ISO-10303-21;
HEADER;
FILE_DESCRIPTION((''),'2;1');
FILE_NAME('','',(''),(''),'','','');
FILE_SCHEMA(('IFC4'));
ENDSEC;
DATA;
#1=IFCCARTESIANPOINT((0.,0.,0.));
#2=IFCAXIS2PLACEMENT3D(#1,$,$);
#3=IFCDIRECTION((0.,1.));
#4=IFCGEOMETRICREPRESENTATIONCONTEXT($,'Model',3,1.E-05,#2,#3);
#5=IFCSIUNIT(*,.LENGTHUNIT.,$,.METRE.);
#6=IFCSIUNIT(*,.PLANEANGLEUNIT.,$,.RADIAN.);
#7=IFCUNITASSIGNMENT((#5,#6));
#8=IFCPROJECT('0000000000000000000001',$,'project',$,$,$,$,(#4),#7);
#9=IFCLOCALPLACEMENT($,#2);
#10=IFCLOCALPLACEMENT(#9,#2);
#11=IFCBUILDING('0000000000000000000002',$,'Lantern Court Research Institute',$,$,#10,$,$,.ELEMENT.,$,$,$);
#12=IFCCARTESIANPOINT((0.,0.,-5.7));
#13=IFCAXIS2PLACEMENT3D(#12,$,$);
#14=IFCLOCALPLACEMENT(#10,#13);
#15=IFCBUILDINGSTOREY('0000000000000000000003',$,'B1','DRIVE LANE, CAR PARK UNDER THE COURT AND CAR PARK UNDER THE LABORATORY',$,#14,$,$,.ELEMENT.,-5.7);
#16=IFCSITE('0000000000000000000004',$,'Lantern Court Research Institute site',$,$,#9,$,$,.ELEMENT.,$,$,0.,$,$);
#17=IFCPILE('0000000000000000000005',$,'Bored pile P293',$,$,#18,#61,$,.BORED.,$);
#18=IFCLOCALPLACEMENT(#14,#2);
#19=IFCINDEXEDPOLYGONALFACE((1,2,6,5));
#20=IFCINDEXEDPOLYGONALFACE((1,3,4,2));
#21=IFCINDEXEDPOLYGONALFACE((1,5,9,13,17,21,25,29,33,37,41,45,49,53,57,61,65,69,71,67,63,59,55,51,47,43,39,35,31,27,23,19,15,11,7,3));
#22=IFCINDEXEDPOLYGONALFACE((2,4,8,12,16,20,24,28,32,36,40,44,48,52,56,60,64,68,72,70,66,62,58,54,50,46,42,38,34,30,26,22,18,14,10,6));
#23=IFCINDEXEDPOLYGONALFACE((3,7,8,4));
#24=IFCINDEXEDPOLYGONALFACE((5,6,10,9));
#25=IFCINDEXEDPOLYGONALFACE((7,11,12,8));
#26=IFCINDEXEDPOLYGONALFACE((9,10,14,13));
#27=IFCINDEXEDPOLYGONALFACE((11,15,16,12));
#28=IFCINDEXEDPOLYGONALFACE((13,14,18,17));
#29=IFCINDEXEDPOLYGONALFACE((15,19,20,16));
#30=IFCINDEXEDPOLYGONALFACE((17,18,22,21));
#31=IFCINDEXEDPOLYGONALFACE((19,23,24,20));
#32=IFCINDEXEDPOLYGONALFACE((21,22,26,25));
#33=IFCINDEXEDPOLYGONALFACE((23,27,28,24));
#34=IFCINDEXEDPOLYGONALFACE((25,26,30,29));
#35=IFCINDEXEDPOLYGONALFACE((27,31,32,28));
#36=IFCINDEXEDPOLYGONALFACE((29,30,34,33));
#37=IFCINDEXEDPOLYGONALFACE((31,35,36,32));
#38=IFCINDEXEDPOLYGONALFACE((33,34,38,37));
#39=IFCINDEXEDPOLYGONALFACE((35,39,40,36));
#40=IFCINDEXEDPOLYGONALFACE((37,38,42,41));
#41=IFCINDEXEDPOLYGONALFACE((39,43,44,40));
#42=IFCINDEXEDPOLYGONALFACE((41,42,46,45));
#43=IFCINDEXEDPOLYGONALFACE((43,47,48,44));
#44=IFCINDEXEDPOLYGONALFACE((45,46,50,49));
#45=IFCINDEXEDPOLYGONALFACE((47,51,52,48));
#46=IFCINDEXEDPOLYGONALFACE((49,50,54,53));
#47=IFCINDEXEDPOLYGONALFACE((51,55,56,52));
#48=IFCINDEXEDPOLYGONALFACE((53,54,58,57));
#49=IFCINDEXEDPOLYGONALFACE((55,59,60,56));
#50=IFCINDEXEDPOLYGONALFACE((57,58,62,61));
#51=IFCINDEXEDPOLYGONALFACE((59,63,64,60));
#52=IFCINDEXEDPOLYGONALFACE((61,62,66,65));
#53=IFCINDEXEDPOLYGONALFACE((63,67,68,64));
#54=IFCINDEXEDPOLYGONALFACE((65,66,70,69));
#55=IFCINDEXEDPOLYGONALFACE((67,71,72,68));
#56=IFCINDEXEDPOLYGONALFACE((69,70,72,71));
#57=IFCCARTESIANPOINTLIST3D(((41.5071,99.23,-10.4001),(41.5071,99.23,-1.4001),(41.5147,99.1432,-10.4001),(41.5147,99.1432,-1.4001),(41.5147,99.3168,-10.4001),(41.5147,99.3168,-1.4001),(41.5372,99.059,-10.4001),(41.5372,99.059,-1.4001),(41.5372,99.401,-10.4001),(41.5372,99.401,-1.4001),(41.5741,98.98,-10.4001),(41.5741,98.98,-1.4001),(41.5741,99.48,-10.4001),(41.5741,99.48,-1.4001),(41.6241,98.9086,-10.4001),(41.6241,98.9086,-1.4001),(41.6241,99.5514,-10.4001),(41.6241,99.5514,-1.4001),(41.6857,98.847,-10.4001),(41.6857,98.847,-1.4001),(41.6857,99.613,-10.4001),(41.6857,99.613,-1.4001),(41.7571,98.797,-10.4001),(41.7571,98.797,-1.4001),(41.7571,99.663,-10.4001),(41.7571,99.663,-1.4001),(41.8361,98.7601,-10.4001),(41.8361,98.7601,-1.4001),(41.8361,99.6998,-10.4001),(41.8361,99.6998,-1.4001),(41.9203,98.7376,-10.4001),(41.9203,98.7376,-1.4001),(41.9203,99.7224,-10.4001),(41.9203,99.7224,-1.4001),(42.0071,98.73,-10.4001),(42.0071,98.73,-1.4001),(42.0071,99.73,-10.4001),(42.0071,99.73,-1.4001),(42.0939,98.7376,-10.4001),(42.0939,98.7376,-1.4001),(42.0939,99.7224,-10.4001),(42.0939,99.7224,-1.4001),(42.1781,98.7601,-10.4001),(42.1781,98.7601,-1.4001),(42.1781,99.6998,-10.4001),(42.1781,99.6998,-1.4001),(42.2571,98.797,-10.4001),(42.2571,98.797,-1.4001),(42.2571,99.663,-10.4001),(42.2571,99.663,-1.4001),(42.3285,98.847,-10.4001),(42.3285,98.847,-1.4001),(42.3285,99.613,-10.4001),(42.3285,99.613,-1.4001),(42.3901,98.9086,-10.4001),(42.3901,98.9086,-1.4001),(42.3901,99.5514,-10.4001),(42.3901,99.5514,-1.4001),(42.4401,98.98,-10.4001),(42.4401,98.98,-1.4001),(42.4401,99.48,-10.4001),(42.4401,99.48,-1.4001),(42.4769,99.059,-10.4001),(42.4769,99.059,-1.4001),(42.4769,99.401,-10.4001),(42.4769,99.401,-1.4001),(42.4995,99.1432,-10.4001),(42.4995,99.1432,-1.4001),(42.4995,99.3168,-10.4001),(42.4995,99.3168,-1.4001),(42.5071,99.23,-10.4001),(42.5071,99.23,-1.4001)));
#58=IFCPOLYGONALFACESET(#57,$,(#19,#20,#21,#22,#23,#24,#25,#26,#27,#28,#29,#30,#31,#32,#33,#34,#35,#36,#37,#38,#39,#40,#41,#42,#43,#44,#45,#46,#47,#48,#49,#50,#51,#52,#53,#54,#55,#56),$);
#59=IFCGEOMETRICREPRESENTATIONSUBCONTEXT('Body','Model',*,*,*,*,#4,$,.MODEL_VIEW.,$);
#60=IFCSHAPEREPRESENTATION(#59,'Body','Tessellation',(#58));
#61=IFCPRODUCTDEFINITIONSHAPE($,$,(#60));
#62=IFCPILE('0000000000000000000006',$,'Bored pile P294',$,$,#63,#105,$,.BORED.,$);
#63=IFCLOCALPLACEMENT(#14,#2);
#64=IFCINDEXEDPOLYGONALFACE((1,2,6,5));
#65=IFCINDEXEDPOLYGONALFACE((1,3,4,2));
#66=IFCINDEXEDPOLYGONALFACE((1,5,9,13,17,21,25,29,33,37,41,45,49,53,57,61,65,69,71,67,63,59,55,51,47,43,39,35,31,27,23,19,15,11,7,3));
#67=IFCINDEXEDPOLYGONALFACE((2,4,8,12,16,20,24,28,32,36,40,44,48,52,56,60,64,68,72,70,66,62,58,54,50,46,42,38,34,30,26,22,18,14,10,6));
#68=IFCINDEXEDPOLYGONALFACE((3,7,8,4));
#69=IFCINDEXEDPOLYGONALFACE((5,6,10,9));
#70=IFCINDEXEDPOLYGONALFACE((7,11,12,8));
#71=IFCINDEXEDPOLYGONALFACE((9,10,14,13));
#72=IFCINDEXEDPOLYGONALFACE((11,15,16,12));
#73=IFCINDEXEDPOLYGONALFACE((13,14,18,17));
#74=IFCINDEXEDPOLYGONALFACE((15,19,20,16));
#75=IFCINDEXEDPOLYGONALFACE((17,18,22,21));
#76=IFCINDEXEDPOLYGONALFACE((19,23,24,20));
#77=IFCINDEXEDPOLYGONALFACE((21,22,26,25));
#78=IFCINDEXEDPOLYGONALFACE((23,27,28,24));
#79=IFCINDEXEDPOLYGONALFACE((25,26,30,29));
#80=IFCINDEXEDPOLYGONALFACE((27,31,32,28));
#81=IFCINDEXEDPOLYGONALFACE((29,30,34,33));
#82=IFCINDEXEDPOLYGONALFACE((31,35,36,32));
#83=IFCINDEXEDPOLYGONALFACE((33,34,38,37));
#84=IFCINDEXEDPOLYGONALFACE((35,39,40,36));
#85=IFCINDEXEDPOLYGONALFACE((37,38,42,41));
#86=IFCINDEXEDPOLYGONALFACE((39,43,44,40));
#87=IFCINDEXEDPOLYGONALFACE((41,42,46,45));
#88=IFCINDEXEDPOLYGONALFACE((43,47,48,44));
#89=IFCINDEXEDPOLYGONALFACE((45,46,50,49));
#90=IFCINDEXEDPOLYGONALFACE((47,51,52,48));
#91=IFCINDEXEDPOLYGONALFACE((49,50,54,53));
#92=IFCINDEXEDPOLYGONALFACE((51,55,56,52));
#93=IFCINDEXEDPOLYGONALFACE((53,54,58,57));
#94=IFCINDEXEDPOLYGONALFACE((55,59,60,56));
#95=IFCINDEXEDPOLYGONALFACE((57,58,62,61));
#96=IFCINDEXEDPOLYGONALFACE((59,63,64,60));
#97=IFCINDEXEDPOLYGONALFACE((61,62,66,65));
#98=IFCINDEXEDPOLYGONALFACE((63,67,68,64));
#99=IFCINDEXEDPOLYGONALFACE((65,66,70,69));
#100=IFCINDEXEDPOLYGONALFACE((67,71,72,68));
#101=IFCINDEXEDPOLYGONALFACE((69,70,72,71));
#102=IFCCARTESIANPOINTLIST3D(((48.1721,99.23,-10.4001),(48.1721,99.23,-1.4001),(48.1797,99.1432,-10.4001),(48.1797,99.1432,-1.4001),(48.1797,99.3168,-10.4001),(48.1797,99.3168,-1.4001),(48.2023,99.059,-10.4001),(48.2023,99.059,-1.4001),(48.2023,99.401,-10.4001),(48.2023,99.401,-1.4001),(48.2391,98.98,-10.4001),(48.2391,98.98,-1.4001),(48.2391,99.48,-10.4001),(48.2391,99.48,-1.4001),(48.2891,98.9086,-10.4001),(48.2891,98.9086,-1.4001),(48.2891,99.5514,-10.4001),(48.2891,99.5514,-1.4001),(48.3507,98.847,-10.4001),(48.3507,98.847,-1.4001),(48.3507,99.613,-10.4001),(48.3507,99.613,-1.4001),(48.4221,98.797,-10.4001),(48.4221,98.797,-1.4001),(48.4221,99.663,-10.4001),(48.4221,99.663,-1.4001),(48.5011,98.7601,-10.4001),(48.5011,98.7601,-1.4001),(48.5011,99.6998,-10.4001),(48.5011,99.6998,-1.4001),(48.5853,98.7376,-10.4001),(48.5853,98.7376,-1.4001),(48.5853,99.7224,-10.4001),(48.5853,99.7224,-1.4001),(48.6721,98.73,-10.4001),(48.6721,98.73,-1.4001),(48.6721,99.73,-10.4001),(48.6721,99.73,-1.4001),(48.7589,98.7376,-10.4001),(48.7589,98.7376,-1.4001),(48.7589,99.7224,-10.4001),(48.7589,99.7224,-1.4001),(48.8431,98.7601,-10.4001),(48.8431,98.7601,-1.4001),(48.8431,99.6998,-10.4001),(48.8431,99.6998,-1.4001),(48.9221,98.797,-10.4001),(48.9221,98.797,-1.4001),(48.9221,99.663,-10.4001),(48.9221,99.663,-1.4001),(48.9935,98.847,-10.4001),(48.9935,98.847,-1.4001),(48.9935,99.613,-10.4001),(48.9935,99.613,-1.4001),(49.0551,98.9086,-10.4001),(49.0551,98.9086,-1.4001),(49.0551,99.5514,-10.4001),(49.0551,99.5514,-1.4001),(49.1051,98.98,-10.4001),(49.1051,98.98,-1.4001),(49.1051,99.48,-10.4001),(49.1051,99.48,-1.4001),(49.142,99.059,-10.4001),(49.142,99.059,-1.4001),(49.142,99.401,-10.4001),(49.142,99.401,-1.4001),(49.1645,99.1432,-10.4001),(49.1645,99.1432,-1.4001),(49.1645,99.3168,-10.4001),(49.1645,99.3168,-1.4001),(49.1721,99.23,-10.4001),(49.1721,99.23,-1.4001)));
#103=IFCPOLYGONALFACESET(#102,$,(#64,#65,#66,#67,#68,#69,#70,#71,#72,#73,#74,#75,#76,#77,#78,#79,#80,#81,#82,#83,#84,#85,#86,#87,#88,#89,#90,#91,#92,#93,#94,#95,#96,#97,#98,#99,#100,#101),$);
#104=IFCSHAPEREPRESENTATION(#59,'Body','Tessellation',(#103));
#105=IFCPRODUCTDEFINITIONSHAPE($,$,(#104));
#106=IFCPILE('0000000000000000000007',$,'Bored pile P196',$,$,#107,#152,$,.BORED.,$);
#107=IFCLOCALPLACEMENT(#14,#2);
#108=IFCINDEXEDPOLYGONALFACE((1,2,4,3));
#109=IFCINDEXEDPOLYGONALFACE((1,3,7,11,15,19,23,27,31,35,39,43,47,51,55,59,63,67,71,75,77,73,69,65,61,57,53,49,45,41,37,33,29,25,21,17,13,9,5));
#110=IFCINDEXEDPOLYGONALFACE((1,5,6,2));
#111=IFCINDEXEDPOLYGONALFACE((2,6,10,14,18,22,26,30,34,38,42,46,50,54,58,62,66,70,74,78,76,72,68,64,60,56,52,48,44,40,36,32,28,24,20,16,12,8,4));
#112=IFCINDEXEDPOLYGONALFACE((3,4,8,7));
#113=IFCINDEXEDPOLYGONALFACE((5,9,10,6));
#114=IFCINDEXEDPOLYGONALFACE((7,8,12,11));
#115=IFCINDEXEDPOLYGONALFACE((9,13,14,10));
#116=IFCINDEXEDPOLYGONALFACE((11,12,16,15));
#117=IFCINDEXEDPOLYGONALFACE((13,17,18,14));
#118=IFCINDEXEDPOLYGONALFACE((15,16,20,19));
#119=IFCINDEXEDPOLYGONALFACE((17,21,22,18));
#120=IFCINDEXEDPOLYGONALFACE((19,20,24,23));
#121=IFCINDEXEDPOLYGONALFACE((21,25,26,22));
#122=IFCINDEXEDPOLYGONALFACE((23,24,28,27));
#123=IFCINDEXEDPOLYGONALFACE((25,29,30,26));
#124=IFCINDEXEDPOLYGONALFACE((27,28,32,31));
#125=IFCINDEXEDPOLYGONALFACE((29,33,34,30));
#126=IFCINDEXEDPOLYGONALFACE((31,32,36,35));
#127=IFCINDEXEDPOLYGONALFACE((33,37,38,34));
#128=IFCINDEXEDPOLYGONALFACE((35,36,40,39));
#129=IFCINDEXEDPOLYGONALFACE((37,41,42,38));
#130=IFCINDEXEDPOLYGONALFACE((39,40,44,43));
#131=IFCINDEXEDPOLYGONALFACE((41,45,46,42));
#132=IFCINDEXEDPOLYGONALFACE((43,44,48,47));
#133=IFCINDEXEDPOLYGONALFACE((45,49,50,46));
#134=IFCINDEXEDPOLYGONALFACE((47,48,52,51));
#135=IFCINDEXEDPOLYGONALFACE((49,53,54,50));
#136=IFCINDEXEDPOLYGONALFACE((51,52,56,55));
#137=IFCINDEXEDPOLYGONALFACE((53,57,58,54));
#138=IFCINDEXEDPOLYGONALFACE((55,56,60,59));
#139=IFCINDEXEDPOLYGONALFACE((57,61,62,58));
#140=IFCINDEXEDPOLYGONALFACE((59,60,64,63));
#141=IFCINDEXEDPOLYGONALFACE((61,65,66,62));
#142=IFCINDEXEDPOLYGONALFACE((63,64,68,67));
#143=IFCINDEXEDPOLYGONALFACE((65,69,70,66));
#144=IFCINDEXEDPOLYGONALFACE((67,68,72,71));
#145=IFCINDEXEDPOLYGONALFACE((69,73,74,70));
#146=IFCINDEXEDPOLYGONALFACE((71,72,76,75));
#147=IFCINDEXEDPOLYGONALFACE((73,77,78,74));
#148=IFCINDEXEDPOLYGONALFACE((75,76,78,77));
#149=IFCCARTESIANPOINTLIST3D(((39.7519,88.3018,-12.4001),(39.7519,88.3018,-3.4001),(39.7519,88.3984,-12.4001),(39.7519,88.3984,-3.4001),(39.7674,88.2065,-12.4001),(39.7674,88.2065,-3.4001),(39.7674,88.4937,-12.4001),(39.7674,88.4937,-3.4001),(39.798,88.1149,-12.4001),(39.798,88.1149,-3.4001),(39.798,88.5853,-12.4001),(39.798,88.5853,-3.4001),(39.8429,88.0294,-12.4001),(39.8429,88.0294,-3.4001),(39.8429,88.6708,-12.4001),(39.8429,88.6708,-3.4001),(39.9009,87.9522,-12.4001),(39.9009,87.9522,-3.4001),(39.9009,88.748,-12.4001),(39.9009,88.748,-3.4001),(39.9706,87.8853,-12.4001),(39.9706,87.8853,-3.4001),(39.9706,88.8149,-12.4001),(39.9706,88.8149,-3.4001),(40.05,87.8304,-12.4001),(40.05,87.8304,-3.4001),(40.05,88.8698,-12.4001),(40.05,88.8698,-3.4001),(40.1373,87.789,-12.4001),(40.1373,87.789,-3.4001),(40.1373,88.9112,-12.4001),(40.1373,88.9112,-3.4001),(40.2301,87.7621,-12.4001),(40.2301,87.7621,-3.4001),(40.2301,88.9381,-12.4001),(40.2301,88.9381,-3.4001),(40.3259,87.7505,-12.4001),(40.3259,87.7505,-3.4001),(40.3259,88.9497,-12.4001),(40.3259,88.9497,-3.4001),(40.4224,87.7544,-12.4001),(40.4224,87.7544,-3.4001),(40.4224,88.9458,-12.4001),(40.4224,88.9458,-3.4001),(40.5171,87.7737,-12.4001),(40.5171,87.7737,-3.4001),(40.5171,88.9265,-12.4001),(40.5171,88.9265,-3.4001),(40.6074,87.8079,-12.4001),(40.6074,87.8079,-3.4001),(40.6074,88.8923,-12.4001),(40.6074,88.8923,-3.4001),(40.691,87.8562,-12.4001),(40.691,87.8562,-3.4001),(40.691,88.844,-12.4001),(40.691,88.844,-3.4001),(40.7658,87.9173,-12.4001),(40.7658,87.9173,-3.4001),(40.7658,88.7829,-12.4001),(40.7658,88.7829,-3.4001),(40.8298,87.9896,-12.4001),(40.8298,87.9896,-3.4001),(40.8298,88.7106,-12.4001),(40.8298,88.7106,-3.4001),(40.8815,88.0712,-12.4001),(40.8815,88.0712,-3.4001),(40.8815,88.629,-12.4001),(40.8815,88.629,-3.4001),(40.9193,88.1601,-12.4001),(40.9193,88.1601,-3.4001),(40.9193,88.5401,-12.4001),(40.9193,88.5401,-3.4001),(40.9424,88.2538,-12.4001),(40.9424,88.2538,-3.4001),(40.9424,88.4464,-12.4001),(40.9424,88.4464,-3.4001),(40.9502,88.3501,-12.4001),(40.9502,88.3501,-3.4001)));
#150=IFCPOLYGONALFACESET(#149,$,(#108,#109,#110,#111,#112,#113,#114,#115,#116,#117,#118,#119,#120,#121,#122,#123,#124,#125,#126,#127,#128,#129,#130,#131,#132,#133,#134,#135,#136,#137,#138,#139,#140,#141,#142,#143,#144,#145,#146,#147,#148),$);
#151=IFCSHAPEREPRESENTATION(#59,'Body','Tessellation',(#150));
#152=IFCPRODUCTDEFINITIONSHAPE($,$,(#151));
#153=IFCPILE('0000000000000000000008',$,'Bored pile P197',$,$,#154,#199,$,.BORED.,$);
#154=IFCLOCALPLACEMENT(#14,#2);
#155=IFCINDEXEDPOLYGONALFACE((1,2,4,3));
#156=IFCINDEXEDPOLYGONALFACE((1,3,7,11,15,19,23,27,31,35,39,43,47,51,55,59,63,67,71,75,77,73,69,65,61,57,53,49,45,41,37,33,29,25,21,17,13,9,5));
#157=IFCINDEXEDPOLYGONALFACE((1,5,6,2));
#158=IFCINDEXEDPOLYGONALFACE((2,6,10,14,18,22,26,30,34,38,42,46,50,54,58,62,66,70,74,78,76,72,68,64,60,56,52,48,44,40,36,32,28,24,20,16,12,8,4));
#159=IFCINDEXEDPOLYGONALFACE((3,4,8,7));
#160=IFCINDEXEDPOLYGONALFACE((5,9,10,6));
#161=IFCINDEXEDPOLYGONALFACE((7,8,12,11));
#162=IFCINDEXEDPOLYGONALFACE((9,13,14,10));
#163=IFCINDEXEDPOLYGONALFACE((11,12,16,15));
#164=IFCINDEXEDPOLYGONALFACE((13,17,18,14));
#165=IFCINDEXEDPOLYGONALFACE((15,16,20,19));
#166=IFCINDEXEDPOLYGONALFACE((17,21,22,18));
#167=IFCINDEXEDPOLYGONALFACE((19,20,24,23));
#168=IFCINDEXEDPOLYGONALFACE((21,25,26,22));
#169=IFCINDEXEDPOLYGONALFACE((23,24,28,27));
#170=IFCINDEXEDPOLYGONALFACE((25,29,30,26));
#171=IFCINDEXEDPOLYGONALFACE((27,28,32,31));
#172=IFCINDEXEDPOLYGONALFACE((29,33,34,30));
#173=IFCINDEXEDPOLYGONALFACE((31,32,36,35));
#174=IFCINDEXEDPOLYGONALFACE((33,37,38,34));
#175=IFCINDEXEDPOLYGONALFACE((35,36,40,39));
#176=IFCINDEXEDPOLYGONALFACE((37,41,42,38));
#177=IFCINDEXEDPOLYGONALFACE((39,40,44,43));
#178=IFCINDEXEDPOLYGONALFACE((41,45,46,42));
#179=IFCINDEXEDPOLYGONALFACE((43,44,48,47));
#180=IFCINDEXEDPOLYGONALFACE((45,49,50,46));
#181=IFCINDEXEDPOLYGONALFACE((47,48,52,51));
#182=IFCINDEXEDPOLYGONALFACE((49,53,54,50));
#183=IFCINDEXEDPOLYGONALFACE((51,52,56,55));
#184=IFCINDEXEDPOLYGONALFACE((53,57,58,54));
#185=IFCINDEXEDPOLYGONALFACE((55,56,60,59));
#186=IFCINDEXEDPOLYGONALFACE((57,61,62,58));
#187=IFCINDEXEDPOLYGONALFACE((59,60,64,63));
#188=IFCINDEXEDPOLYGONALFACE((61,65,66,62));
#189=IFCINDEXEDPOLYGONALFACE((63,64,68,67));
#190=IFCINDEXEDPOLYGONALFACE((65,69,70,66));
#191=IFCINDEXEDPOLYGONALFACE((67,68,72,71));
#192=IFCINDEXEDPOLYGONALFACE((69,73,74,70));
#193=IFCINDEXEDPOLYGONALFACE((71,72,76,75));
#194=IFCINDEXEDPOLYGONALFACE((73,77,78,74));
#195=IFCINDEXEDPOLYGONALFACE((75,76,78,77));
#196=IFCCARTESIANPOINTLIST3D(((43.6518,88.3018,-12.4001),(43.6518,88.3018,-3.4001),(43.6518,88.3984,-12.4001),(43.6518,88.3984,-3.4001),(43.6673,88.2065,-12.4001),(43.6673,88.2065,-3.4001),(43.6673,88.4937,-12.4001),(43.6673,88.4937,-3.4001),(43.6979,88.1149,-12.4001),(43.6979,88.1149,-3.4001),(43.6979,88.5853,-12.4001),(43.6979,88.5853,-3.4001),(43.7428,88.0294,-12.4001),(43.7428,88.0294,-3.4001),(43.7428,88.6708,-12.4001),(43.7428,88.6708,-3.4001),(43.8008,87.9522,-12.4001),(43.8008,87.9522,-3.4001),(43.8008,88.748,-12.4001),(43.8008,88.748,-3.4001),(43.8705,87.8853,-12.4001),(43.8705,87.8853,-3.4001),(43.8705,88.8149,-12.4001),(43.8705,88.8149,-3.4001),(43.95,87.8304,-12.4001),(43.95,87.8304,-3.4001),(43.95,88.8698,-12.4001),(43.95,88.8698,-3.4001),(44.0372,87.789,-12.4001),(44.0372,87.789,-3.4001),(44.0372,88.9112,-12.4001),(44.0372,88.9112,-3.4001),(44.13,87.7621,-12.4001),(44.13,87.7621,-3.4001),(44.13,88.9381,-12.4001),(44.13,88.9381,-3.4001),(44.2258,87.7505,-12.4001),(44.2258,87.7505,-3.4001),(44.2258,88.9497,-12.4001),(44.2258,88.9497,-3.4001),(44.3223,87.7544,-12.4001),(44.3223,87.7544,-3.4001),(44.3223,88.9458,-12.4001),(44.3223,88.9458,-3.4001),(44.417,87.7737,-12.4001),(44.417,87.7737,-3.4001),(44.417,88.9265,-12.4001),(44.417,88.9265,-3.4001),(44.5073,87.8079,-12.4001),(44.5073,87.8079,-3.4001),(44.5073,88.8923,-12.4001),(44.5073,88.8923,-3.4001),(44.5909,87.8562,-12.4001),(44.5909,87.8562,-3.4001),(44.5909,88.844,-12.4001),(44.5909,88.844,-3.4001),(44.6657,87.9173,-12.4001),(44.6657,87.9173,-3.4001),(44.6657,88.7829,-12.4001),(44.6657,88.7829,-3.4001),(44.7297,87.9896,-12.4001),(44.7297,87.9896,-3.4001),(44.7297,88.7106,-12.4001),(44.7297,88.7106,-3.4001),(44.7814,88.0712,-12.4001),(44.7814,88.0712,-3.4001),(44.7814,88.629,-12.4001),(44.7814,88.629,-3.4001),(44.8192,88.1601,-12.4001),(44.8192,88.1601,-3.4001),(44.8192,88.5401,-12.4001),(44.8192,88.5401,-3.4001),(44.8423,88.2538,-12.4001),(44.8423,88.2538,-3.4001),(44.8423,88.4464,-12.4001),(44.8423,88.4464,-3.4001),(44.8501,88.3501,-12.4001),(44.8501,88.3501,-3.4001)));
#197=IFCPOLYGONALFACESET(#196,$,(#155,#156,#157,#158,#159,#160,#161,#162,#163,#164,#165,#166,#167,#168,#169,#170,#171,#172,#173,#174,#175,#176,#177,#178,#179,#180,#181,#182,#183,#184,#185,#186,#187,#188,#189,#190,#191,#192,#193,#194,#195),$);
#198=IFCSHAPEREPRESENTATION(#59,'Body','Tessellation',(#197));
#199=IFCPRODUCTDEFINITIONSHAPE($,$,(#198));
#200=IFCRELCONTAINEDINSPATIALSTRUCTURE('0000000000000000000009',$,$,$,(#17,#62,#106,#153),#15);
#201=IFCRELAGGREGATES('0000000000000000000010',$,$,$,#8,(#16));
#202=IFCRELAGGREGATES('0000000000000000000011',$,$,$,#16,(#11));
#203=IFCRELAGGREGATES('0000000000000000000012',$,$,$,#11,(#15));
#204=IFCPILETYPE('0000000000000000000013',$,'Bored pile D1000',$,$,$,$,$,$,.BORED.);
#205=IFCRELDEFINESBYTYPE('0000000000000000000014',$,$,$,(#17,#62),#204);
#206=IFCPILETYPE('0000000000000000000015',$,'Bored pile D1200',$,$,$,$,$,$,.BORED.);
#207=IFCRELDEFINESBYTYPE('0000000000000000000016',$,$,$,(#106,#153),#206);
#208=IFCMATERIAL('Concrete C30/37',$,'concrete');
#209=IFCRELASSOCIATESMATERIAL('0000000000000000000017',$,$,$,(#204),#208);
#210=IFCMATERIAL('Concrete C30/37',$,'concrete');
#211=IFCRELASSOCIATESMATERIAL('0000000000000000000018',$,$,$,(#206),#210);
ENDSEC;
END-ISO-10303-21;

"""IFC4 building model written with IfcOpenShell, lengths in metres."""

from ifc_helpers import new_model, si_unit, direction, frame, origin, origin_2d, place, context, subcontext, project, spatial, circle, extrude, material, material_profile, profile_set, type_object, element, save


model = new_model("IFC4")

# Units and contexts
model_context = context("Model", 3, precision=1e-05, world=origin(), true_north=direction((0.0, 1.0)))
body_context = subcontext(model_context, "Body", "Model", "MODEL_VIEW")
ifc_project = project(units=[si_unit("LENGTHUNIT", "METRE"), si_unit("PLANEANGLEUNIT", "RADIAN")], contexts=[model_context])

# Site, building, storey
site_placement = place(None, origin())
site = spatial("IfcSite", under=ifc_project, at=site_placement, Name="Lantern Court Research Institute site", CompositionType="ELEMENT", RefElevation=0.0)
building_placement = place(site_placement, origin())
building = spatial("IfcBuilding", under=site, at=building_placement, Name="Lantern Court Research Institute", CompositionType="ELEMENT")
storey_placement = place(building_placement, frame((0.0, 0.0, -5.7)))
storey = spatial("IfcBuildingStorey", under=building, at=storey_placement, Name="B1", Description="DRIVE LANE, CAR PARK UNDER THE COURT AND CAR PARK UNDER THE LABORATORY", CompositionType="ELEMENT", Elevation=-5.7)

# Piles
ifc_material_1 = material(Name="Concrete C30/37", Category="concrete")
ifc_material_profile_1 = material_profile(ifc_material_1, circle(Radius=0.5, at=origin_2d()), Name="Bored pile D1000")
ifc_profile_set_1 = profile_set([ifc_material_profile_1], Name="Concrete C30/37")
pile_type_1 = type_object("IfcPileType", Name="Bored pile D1000", PredefinedType="BORED", material=ifc_profile_set_1)
for number, where, z_axis, x_axis, name in (
    (1, (42.0071, 99.23, -1.4001), (0.0, 0.0, -1.0), (1.0, 0.0, 0.0), "Bored pile P293"),
    (2, (48.6721, 99.23, -1.4001), (0.0, 0.0, -1.0), (1.0, 0.0, 0.0), "Bored pile P294"),
):
    element("IfcPile", number, at=place(storey_placement, frame(where, z_axis=z_axis, x_axis=x_axis)), inside=storey, type_object=pile_type_1, Name=name, PredefinedType="BORED", context=body_context, shape_type="SweptSolid", body=[
        extrude(circle(Radius=0.5, at=origin_2d()), origin(), (0.0, 0.0, 1.0), 9.0),
    ])
ifc_material_2 = material(Name="Concrete C30/37", Category="concrete")
ifc_material_profile_2 = material_profile(ifc_material_2, circle(Radius=0.6001, at=origin_2d()), Name="Bored pile D1200")
ifc_profile_set_2 = profile_set([ifc_material_profile_2], Name="Concrete C30/37")
pile_type_2 = type_object("IfcPileType", Name="Bored pile D1200", PredefinedType="BORED", material=ifc_profile_set_2)
for number, where, z_axis, x_axis, name in (
    (3, (40.3501, 88.3501, -3.4001), (0.0, 0.0, -1.0), (1.0, 0.0, 0.0), "Bored pile P196"),
    (4, (44.25, 88.3501, -3.4001), (0.0, 0.0, -1.0), (1.0, 0.0, 0.0), "Bored pile P197"),
):
    element("IfcPile", number, at=place(storey_placement, frame(where, z_axis=z_axis, x_axis=x_axis)), inside=storey, type_object=pile_type_2, Name=name, PredefinedType="BORED", context=body_context, shape_type="SweptSolid", body=[
        extrude(circle(Radius=0.6001, at=origin_2d()), origin(), (0.0, 0.0, 1.0), 9.0),
    ])

save(model, "model.ifc")
